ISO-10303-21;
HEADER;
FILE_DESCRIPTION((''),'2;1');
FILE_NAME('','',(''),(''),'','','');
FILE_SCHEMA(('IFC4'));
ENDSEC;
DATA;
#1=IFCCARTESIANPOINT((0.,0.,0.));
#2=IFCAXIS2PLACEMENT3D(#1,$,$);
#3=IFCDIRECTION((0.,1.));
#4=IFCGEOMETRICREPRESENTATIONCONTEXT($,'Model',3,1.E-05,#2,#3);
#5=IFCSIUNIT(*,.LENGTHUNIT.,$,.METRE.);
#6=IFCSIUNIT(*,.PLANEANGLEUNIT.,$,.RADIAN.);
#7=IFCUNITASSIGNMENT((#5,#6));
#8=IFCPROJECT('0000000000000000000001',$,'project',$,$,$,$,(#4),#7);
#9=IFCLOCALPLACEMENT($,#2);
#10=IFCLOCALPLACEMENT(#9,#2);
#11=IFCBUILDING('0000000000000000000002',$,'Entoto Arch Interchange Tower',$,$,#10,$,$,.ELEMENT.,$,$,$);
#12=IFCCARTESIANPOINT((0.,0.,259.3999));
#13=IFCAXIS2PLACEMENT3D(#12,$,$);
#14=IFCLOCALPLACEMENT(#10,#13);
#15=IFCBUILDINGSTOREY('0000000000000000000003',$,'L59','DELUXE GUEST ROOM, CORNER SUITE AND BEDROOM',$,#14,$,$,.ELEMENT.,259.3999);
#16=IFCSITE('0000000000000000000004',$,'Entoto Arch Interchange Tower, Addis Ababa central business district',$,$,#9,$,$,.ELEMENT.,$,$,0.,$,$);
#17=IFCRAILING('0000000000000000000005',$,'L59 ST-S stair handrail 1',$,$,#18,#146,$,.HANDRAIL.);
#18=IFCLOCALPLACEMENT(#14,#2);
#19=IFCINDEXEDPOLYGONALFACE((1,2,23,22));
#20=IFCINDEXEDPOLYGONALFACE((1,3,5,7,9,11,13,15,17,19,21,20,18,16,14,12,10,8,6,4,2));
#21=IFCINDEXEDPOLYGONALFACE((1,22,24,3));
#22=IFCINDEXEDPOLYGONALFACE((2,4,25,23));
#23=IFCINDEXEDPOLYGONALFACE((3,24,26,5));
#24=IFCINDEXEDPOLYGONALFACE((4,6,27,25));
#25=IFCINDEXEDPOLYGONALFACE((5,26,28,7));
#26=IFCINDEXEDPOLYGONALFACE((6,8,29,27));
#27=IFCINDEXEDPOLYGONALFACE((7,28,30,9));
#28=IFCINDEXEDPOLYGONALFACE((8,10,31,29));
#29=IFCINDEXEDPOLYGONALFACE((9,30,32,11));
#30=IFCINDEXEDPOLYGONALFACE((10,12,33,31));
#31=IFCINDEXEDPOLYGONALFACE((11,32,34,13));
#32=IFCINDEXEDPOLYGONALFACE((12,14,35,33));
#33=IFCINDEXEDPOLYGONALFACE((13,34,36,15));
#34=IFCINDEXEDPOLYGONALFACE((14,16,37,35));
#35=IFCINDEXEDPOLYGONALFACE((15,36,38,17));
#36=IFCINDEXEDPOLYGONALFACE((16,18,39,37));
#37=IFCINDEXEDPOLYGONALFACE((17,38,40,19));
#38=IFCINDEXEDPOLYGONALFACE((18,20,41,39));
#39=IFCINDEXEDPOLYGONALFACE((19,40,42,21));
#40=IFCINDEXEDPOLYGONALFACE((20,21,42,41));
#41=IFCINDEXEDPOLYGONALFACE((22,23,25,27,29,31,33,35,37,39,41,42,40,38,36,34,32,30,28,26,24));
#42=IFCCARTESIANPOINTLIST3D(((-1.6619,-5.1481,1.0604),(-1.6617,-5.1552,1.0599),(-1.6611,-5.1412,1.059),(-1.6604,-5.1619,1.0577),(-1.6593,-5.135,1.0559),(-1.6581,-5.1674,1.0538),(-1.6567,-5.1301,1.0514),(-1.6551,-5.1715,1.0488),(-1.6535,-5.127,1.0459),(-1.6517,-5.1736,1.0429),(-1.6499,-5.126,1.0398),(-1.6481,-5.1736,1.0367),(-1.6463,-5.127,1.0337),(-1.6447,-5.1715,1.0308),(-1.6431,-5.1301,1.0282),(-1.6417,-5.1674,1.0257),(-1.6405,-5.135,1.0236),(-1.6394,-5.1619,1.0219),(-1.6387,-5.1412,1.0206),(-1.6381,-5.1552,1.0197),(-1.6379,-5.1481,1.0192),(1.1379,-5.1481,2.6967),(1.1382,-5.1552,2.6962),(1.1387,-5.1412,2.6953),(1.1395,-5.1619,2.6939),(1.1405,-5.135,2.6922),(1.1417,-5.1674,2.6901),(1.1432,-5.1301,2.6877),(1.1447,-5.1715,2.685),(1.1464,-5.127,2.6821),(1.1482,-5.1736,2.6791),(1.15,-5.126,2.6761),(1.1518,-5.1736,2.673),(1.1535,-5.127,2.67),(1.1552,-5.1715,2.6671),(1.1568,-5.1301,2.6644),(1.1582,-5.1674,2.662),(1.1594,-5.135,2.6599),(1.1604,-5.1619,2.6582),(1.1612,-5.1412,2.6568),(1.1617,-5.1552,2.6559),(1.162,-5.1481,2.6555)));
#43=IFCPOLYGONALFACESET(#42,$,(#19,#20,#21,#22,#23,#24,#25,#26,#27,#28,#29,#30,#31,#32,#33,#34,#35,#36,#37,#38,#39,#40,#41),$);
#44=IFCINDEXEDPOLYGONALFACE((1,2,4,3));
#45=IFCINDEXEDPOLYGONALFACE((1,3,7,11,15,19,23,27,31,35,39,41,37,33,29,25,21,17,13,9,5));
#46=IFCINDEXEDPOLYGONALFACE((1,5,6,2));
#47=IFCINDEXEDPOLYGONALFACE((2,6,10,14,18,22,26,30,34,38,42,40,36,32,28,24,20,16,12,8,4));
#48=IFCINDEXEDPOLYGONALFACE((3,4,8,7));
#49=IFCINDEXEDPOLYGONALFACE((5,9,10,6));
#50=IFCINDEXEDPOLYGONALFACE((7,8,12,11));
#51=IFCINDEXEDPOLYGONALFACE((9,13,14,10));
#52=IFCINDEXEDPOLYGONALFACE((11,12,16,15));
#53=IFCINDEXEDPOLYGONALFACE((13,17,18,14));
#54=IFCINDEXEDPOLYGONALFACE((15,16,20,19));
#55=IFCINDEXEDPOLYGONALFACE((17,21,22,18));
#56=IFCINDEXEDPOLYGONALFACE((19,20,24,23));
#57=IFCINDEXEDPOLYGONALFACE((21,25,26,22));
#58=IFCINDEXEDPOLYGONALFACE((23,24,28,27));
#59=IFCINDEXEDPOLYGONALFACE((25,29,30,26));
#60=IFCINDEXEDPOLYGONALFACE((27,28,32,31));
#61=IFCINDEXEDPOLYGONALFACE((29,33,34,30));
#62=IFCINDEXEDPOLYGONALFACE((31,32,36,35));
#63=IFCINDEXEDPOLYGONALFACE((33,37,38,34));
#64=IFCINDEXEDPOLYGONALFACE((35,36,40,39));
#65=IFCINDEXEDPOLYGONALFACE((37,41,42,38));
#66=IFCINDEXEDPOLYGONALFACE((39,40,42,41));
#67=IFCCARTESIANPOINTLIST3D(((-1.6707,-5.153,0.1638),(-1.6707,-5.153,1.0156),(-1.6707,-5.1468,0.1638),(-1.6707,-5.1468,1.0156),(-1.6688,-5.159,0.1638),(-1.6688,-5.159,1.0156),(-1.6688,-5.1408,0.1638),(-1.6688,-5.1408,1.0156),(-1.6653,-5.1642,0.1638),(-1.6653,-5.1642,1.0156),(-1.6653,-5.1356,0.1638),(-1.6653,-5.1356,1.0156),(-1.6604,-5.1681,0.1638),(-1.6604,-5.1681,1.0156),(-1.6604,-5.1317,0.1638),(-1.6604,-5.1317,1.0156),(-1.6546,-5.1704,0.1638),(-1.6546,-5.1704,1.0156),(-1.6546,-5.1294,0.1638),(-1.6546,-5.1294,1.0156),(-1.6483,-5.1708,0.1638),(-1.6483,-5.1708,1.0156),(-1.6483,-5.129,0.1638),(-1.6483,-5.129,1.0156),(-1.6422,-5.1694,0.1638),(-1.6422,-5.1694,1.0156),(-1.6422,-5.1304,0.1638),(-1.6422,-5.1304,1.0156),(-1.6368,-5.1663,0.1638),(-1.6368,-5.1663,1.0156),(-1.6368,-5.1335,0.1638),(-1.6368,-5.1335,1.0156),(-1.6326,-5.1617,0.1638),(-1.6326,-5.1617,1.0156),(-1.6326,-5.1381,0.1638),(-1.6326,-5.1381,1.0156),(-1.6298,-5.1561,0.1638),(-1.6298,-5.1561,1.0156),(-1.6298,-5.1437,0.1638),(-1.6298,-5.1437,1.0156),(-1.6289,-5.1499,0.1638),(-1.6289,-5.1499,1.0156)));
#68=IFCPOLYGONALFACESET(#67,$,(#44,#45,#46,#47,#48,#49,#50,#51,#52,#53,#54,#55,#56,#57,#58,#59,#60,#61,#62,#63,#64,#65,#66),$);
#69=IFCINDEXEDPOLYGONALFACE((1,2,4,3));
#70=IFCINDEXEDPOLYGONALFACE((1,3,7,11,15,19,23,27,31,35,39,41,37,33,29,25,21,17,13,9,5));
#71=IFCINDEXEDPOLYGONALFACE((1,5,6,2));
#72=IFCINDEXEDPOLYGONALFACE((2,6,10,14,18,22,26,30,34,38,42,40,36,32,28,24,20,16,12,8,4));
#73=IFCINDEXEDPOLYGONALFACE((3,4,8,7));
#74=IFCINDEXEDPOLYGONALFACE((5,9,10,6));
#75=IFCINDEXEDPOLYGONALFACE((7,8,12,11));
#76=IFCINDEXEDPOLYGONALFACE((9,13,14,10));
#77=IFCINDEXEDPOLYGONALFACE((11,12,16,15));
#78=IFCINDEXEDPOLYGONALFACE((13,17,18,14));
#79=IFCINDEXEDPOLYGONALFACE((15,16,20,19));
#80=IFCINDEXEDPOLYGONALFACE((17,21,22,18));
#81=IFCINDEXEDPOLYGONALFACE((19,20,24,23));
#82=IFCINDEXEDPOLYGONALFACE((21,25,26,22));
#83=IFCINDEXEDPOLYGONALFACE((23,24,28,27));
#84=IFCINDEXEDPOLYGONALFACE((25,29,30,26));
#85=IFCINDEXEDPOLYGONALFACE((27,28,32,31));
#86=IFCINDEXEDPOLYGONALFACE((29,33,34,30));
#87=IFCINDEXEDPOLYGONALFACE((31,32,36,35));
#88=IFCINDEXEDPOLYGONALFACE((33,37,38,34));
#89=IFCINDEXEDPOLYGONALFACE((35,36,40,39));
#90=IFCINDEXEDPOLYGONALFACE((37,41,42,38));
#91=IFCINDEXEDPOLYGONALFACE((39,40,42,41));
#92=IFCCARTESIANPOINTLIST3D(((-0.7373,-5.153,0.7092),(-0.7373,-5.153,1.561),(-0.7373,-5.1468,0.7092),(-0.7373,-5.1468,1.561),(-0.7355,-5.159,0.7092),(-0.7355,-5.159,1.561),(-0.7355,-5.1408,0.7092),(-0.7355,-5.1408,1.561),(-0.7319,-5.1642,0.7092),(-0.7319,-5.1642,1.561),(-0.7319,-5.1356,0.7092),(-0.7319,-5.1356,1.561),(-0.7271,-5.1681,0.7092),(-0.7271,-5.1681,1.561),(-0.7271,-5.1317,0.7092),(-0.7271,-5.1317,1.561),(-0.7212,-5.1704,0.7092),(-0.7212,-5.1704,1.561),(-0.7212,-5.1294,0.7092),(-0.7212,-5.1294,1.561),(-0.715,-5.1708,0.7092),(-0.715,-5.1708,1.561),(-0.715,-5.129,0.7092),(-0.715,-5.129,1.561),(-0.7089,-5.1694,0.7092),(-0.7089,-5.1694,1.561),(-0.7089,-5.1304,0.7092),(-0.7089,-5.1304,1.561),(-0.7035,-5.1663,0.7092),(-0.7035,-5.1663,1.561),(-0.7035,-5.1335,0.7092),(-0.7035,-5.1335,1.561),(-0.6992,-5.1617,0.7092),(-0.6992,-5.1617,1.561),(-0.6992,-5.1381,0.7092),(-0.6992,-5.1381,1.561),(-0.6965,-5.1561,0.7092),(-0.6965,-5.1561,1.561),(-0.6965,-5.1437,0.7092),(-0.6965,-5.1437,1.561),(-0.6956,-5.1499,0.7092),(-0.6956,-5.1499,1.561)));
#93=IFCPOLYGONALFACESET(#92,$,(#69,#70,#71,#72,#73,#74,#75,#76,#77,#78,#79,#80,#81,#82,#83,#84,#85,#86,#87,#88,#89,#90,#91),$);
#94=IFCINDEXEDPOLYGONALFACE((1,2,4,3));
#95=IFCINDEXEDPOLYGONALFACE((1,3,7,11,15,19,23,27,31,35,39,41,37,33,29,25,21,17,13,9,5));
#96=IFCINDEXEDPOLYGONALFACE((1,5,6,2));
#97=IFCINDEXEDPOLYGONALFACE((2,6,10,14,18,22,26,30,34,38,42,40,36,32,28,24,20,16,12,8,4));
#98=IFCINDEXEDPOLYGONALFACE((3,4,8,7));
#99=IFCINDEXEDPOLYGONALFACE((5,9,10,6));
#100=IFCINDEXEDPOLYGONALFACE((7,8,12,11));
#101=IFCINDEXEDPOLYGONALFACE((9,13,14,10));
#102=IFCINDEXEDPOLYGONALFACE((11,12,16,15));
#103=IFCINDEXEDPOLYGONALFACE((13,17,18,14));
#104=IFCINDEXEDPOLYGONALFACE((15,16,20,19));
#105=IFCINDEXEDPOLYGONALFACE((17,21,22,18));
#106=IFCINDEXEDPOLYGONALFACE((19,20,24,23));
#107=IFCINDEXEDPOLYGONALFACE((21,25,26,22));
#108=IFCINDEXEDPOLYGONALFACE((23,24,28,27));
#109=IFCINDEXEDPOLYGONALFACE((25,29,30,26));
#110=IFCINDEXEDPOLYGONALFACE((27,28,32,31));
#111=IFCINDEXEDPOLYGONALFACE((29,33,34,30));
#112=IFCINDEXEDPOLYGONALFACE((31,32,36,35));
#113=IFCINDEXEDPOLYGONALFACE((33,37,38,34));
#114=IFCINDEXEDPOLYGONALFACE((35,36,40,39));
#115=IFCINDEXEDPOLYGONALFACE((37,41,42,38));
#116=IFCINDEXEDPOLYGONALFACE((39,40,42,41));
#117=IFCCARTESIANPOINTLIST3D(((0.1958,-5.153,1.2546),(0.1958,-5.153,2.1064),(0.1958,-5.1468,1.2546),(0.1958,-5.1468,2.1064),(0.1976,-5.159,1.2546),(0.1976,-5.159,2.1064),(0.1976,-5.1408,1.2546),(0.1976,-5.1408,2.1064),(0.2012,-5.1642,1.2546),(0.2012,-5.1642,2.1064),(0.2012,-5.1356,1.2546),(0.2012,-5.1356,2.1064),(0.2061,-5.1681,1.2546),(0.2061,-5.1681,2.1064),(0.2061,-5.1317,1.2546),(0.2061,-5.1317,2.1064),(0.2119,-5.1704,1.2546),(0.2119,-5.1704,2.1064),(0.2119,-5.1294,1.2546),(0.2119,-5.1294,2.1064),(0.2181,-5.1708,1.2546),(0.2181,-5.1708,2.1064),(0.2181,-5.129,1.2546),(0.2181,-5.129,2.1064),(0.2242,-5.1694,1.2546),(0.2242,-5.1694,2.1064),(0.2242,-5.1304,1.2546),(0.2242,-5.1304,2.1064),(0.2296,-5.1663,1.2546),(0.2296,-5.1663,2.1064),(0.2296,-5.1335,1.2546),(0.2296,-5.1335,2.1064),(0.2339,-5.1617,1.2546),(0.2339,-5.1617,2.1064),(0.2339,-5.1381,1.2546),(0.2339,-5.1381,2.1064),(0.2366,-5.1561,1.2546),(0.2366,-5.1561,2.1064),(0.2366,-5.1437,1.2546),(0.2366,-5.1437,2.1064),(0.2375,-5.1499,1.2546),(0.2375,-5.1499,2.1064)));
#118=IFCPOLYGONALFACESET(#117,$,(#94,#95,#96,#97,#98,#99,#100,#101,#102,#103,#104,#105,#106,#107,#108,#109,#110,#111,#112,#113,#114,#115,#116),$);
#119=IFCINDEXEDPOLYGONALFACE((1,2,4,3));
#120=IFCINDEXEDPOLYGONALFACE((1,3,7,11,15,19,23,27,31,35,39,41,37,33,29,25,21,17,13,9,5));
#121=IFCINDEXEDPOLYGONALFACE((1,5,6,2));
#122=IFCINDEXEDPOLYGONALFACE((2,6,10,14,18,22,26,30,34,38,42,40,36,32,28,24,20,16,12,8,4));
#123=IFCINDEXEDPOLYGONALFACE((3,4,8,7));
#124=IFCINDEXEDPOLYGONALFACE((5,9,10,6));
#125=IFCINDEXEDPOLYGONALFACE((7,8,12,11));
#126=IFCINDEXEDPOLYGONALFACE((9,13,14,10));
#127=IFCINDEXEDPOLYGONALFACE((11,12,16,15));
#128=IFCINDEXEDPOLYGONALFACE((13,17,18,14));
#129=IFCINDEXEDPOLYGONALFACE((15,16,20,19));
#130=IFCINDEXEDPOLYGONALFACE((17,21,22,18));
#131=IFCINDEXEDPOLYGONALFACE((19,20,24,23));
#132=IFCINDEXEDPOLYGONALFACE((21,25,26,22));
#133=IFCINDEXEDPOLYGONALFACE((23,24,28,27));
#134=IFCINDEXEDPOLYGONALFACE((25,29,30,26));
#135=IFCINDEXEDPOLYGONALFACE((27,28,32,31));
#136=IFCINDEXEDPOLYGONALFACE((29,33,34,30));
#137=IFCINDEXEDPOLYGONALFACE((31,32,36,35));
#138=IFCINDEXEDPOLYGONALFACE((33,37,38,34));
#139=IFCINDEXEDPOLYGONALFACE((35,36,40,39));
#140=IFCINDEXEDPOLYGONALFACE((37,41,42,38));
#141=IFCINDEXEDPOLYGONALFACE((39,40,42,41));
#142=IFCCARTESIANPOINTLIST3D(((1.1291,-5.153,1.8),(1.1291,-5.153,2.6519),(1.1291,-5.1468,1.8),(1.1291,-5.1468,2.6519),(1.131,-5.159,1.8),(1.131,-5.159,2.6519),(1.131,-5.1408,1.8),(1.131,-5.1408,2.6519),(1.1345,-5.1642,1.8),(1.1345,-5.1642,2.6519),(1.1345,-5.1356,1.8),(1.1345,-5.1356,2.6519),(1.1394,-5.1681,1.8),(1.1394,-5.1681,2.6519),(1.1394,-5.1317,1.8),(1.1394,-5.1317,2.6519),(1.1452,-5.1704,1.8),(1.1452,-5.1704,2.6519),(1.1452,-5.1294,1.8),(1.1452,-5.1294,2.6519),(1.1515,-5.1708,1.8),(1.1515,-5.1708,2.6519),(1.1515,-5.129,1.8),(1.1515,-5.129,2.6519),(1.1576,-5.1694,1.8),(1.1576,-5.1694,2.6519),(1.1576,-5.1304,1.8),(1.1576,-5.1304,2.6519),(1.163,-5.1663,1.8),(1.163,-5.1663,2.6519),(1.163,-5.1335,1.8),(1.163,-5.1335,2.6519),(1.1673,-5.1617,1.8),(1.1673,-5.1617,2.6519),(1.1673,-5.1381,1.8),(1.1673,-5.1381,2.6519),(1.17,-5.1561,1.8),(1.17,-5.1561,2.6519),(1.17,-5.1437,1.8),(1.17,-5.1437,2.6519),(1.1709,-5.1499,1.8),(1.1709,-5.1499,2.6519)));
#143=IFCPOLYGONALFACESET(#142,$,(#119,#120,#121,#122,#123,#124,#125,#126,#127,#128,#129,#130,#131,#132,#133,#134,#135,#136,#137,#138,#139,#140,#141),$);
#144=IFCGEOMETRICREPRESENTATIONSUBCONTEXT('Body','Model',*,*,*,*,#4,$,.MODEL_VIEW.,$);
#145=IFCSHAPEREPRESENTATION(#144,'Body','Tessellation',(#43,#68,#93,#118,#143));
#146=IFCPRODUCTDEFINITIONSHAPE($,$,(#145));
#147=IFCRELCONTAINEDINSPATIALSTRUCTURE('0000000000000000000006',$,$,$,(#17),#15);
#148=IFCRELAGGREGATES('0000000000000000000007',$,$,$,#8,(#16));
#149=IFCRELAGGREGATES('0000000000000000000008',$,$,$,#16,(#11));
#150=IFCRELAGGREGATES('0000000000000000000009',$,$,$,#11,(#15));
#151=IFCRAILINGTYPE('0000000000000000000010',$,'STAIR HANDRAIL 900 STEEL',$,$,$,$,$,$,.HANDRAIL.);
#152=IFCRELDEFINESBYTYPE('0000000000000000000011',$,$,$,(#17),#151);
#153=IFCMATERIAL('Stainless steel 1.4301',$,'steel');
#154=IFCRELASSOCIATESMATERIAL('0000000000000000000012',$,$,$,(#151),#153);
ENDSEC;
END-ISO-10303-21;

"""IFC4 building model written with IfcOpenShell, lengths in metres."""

from ifc_helpers import new_model, si_unit, direction, frame, origin, origin_2d, place, context, subcontext, project, spatial, circle, extrude, material, type_object, element, save


model = new_model("IFC4")

# Units and contexts
model_context = context("Model", 3, precision=1e-05, world=origin(), true_north=direction((0.0, 1.0)))
body_context = subcontext(model_context, "Body", "Model", "MODEL_VIEW")
ifc_project = project(units=[si_unit("LENGTHUNIT", "METRE"), si_unit("PLANEANGLEUNIT", "RADIAN")], contexts=[model_context])

# Site, building, storey
site_placement = place(None, origin())
site = spatial("IfcSite", under=ifc_project, at=site_placement, Name="Entoto Arch Interchange Tower, Addis Ababa central business district", CompositionType="ELEMENT", RefElevation=0.0)
building_placement = place(site_placement, origin())
building = spatial("IfcBuilding", under=site, at=building_placement, Name="Entoto Arch Interchange Tower", CompositionType="ELEMENT")
storey_placement = place(building_placement, frame((0.0, 0.0, 259.3999)))
storey = spatial("IfcBuildingStorey", under=building, at=storey_placement, Name="L59", Description="DELUXE GUEST ROOM, CORNER SUITE AND BEDROOM", CompositionType="ELEMENT", Elevation=259.3999)

# Railing
ifc_material_1 = material(Name="Stainless steel 1.4301", Category="steel")
railing_type_1 = type_object("IfcRailingType", Name="STAIR HANDRAIL 900 STEEL", PredefinedType="HANDRAIL", material=ifc_material_1)
railing_1_placement = place(storey_placement, frame((-1.6499, -5.1499, 0.1638)))
element("IfcRailing", 1, at=railing_1_placement, inside=storey, type_object=railing_type_1, Name="L59 ST-S stair handrail 1", PredefinedType="HANDRAIL", context=body_context, shape_type="SweptSolid", body=[
    extrude(circle(Radius=0.0239, at=origin_2d()), frame((0.0, 0.0, 0.876), z_axis=(0.863374, 0.0, 0.504564), x_axis=(0.0, 1.0, 0.0)), (0.0, 0.0, 1.0), 3.2429),
    extrude(circle(Radius=0.021, at=origin_2d()), origin(), (0.0, 0.0, 1.0), 0.8518),
    extrude(circle(Radius=0.021, at=origin_2d()), frame((0.9333, 0.0, 0.5454)), (0.0, 0.0, 1.0), 0.8518),
    extrude(circle(Radius=0.021, at=origin_2d()), frame((1.8665, 0.0, 1.0908)), (0.0, 0.0, 1.0), 0.8518),
    extrude(circle(Radius=0.021, at=origin_2d()), frame((2.7998, 0.0, 1.6362)), (0.0, 0.0, 1.0), 0.8518),
])

save(model, "model.ifc")
